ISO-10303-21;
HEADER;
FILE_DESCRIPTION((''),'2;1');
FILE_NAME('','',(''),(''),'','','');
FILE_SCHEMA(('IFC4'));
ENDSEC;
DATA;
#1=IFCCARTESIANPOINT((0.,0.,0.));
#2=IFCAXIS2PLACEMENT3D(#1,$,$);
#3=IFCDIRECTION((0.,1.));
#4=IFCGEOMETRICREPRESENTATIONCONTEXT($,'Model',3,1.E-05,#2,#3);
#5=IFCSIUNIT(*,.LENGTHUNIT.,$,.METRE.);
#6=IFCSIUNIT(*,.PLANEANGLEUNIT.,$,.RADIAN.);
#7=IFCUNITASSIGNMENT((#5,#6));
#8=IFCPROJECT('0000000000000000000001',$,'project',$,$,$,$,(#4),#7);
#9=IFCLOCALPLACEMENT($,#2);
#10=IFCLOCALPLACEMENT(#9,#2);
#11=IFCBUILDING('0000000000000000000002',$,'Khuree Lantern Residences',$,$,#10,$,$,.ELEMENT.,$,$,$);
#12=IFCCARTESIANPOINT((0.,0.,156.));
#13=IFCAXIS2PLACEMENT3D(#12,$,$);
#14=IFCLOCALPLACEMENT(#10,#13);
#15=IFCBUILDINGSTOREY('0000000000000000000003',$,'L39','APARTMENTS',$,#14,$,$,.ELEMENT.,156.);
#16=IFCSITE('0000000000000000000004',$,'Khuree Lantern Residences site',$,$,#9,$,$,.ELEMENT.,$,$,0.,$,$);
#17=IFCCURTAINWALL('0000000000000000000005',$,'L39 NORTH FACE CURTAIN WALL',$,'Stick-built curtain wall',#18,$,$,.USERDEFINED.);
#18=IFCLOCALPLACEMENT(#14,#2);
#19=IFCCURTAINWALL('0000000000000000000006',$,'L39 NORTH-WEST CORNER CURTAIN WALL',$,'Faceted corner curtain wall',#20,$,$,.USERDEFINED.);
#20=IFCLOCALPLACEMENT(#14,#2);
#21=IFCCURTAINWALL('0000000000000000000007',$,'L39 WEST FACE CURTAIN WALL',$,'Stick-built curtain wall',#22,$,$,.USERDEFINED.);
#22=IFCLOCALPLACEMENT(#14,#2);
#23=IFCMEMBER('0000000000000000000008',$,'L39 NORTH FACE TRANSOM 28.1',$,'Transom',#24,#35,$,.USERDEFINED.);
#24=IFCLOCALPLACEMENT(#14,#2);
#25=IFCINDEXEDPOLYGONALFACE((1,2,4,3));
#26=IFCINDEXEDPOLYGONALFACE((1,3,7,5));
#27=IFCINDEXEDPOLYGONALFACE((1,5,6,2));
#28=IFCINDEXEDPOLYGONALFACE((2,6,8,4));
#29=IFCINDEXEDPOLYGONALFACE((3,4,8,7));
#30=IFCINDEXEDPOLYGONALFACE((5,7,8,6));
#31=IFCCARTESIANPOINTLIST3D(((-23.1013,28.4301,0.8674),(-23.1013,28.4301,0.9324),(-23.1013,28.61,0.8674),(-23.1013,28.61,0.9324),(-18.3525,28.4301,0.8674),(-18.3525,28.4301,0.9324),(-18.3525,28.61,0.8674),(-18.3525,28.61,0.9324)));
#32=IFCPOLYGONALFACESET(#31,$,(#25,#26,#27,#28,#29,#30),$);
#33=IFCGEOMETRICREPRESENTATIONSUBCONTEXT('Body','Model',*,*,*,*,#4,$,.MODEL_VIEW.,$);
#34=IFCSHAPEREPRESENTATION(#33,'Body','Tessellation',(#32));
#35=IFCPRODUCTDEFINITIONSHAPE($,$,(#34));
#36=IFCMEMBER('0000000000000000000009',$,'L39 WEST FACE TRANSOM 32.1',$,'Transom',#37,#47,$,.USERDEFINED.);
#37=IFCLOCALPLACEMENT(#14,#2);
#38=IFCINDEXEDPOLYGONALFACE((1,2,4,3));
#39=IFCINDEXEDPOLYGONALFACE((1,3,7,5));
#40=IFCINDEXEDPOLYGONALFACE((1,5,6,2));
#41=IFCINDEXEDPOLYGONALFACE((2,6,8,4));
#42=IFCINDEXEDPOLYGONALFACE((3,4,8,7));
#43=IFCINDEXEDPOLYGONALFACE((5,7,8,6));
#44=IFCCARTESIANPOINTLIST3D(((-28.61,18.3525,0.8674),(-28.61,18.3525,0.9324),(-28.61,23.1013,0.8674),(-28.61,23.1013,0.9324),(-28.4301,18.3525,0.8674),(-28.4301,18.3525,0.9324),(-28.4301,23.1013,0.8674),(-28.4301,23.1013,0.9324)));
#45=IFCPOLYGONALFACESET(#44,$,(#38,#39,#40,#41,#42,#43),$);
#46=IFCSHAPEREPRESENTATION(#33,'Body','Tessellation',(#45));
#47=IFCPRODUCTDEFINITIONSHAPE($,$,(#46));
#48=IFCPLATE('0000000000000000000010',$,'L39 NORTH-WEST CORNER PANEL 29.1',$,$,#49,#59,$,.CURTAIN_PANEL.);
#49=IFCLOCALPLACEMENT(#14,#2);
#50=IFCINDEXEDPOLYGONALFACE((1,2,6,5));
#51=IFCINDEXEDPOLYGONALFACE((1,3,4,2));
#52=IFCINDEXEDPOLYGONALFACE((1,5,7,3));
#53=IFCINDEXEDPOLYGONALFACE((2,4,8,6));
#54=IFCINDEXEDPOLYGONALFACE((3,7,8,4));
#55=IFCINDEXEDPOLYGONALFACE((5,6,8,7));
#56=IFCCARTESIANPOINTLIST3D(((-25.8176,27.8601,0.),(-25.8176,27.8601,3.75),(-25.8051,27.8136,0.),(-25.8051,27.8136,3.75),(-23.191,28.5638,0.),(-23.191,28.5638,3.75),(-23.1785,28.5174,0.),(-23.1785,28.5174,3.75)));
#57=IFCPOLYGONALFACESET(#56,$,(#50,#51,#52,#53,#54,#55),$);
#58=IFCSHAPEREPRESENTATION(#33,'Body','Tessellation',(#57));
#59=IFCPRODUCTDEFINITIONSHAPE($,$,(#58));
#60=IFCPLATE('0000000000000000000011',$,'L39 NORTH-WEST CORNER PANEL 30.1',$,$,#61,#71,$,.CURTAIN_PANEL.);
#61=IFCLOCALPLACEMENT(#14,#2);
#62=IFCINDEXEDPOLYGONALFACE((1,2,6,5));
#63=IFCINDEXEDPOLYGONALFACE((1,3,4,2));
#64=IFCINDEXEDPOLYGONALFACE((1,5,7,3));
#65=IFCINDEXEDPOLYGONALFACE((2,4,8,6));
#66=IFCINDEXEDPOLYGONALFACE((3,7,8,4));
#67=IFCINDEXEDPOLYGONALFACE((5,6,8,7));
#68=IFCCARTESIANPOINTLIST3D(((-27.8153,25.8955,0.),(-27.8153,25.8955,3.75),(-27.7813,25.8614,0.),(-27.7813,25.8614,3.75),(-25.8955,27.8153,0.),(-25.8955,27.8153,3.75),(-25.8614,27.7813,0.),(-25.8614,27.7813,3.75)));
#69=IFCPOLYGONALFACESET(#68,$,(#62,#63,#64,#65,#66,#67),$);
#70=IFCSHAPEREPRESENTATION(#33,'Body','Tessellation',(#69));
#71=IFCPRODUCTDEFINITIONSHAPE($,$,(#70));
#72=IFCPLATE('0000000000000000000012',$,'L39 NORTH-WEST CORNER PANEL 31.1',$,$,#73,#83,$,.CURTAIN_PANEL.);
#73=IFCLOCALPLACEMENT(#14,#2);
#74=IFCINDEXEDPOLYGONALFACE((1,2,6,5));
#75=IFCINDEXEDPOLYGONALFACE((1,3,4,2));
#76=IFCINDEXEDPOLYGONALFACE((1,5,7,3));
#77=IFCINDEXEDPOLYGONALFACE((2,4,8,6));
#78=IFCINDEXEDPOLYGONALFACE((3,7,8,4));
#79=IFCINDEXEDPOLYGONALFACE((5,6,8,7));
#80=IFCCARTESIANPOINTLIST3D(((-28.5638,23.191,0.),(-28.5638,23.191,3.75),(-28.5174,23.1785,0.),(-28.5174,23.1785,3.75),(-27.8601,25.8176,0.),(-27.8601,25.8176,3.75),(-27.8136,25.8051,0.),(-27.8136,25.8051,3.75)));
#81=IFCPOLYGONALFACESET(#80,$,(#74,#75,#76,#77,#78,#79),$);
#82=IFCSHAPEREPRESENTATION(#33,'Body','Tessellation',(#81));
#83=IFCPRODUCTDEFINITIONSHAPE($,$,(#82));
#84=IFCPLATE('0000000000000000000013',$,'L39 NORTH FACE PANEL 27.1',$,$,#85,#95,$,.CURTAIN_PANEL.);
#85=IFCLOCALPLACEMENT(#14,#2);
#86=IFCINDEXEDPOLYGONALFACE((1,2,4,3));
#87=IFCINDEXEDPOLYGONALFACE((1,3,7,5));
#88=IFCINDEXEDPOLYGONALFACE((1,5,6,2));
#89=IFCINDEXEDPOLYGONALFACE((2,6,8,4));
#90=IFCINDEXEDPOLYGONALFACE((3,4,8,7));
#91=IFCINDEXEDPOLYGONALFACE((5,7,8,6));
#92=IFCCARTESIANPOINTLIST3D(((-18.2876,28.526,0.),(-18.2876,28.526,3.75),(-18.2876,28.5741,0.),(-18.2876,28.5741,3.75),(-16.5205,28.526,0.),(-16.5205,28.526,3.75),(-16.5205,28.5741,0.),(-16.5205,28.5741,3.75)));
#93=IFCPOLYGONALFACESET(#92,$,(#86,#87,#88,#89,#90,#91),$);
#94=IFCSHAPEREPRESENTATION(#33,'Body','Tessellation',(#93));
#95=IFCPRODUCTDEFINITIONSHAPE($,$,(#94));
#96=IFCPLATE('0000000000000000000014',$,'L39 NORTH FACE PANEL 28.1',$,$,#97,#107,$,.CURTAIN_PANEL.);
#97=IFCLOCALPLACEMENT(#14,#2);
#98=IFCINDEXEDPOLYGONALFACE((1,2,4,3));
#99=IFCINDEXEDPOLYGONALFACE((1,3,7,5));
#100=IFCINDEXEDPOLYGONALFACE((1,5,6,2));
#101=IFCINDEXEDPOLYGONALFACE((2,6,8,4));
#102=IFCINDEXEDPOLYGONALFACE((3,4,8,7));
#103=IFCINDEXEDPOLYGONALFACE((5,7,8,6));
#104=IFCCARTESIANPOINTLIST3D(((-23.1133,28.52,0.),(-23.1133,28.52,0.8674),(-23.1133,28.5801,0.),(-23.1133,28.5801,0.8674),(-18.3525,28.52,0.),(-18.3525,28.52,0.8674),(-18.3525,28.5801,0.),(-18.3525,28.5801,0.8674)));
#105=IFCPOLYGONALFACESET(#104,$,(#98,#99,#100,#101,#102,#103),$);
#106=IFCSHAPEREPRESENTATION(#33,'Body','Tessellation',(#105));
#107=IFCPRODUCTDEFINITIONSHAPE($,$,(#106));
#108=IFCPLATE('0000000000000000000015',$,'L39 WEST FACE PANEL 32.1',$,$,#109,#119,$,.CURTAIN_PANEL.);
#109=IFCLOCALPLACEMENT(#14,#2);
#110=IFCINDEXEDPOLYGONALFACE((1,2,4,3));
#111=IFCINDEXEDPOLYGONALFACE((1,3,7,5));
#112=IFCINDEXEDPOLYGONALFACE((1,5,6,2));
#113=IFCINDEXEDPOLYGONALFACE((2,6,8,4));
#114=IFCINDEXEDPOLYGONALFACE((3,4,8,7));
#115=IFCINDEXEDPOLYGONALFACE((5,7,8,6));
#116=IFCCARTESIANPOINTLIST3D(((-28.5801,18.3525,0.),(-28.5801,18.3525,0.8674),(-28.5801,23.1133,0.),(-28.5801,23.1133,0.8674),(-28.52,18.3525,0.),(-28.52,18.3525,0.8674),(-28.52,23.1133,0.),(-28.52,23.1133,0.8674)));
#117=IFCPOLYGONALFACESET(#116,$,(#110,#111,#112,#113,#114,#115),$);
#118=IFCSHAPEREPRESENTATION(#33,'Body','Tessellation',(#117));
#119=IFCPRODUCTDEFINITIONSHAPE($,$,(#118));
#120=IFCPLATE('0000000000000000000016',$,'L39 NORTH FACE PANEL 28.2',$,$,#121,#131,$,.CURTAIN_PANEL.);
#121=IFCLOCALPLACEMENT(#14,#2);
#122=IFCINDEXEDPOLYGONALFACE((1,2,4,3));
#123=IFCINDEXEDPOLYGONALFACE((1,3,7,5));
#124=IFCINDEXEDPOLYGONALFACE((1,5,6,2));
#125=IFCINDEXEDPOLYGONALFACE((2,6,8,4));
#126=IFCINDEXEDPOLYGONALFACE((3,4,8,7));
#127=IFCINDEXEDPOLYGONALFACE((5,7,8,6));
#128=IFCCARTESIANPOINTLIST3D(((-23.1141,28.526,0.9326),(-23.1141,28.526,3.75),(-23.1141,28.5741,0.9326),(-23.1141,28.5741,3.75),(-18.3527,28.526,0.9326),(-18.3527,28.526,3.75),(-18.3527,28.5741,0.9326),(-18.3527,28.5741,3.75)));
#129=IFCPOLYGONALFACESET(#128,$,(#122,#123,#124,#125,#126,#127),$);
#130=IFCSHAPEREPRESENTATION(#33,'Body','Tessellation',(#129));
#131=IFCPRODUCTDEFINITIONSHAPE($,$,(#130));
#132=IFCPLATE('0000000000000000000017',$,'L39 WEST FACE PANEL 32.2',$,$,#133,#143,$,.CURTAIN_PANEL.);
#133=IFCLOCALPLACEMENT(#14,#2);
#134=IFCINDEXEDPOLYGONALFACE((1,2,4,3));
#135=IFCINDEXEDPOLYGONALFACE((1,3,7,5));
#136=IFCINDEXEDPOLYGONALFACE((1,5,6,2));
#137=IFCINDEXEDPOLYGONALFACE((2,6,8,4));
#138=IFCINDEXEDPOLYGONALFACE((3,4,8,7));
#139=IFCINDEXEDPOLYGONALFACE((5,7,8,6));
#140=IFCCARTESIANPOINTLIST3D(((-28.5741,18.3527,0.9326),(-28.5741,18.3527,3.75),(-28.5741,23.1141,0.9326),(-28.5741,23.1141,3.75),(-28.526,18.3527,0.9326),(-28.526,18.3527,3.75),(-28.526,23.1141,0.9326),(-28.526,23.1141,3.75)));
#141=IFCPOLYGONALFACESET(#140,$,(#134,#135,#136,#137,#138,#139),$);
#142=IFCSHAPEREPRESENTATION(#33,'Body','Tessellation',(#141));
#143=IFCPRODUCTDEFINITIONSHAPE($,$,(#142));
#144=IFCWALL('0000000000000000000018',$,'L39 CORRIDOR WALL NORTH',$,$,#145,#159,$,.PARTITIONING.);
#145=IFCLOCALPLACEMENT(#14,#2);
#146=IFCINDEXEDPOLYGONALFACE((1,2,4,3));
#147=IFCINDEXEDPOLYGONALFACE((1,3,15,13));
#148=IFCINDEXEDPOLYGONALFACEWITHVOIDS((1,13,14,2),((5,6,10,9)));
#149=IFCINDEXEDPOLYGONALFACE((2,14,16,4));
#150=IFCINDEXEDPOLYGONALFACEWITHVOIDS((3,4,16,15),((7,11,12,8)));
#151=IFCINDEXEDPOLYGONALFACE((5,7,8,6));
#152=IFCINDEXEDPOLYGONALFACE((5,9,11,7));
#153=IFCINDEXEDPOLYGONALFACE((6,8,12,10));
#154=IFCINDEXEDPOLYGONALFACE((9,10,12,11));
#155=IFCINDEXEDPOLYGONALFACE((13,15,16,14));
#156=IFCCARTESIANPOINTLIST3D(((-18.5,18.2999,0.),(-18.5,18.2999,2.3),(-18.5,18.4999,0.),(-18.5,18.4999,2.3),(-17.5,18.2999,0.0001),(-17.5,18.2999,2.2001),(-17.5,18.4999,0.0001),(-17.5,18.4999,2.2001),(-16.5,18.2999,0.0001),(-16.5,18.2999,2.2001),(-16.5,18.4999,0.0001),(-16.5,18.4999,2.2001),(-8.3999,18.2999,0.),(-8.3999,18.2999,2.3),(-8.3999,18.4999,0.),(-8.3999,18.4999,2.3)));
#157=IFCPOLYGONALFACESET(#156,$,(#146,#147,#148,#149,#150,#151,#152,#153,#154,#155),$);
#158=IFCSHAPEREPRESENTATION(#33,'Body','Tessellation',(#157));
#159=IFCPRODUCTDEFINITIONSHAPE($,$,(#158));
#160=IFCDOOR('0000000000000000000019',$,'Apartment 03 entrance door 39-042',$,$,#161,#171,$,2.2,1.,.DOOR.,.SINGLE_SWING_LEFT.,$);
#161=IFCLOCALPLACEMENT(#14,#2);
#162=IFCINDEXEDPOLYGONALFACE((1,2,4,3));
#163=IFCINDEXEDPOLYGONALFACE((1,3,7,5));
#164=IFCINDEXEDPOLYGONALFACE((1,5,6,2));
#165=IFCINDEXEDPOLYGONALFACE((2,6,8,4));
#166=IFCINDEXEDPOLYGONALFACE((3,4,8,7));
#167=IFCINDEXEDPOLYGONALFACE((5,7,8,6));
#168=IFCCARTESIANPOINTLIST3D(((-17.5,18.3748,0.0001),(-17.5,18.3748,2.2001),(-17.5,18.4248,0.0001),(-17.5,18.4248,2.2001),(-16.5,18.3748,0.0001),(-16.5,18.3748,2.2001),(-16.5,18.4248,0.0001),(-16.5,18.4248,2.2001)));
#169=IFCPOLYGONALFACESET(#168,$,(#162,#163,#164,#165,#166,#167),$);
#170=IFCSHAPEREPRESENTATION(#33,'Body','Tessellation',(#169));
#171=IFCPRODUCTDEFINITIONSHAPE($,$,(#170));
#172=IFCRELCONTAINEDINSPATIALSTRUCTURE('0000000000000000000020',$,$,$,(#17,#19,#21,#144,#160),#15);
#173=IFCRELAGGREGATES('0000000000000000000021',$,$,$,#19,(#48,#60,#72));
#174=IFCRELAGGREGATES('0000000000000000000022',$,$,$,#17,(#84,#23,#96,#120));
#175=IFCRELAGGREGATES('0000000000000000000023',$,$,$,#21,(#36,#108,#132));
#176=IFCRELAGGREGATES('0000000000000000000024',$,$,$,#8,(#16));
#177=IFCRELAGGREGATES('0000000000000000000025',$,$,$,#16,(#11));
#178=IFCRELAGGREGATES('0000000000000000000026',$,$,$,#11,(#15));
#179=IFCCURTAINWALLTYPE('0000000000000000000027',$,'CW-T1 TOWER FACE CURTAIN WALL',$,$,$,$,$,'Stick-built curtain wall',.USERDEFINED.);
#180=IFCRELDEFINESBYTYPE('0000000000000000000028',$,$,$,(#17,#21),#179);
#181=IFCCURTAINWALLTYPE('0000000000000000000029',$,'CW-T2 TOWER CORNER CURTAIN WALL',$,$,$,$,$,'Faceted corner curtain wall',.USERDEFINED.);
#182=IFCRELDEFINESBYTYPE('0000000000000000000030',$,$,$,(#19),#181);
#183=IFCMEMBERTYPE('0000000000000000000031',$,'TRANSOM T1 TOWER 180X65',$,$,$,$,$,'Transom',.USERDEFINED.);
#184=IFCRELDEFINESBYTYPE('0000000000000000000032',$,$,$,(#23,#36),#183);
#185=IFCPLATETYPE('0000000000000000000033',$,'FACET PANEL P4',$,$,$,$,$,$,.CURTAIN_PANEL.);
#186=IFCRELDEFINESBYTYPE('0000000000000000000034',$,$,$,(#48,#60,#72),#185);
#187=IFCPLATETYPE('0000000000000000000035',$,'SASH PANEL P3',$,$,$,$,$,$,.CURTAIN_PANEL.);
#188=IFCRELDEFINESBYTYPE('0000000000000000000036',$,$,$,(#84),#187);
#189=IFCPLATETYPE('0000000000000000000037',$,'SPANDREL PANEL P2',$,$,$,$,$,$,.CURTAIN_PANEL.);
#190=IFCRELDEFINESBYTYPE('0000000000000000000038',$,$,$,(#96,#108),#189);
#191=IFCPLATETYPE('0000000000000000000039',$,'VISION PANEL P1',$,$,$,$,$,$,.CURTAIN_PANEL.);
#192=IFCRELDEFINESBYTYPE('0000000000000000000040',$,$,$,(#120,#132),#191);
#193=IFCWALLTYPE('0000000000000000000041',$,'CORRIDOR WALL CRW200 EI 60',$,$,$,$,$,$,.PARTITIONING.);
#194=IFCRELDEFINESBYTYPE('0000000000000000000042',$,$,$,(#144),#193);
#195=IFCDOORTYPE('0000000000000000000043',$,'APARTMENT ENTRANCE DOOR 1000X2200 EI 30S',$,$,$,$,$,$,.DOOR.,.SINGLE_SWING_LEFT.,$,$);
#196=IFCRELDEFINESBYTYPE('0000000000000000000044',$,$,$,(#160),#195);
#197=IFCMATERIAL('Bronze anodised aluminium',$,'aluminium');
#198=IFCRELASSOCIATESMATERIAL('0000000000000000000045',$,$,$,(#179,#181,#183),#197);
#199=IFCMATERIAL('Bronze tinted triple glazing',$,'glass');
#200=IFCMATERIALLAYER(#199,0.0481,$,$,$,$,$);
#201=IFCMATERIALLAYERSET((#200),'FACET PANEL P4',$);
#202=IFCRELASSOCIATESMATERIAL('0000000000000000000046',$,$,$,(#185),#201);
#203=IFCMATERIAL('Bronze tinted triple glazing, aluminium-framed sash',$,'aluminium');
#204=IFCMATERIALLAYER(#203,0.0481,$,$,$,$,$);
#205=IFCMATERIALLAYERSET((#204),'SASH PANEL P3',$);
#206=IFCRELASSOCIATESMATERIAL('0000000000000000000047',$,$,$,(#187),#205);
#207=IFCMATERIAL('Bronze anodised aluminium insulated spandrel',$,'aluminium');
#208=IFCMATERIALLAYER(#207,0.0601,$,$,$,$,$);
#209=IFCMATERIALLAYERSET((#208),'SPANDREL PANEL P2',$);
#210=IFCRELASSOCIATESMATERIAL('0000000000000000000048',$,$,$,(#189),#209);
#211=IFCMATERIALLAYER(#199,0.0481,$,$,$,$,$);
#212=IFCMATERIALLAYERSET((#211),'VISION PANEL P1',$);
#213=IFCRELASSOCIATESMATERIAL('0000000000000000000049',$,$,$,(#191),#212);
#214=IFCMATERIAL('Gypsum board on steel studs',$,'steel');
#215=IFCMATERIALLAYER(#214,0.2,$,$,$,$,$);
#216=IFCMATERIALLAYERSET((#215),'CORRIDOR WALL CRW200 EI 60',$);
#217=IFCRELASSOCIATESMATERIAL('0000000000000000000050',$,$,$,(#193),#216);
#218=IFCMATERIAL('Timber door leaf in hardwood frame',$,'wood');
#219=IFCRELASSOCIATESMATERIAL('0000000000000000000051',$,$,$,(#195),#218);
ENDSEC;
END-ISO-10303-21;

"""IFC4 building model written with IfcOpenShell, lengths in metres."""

from ifc_helpers import new_model, si_unit, direction, frame, frame_2d, origin, origin_2d, place, context, subcontext, project, spatial, rectangle, extrude, material, layer, layer_set, material_profile, profile_set, type_object, element, fill, aggregate, save


model = new_model("IFC4")

# Units and contexts
model_context = context("Model", 3, precision=1e-05, world=origin(), true_north=direction((0.0, 1.0)))
body_context = subcontext(model_context, "Body", "Model", "MODEL_VIEW")
ifc_project = project(units=[si_unit("LENGTHUNIT", "METRE"), si_unit("PLANEANGLEUNIT", "RADIAN")], contexts=[model_context])

# Site, building, storey
site_placement = place(None, origin())
site = spatial("IfcSite", under=ifc_project, at=site_placement, Name="Khuree Lantern Residences site", CompositionType="ELEMENT", RefElevation=0.0)
building_placement = place(site_placement, origin())
building = spatial("IfcBuilding", under=site, at=building_placement, Name="Khuree Lantern Residences", CompositionType="ELEMENT")
storey_placement = place(building_placement, frame((0.0, 0.0, 156.0)))
storey = spatial("IfcBuildingStorey", under=building, at=storey_placement, Name="L39", Description="APARTMENTS", CompositionType="ELEMENT", Elevation=156.0)

# Curtain walls
ifc_material_1 = material(Name="Bronze anodised aluminium", Category="aluminium")
curtain_wall_type_1 = type_object("IfcCurtainWallType", Name="CW-T1 TOWER FACE CURTAIN WALL", ElementType="Stick-built curtain wall", PredefinedType="USERDEFINED", material=ifc_material_1)
curtain_wall_1_placement = place(storey_placement, origin())
curtain_wall_1 = element("IfcCurtainWall", 1, at=curtain_wall_1_placement, inside=storey, type_object=curtain_wall_type_1, Name="L39 NORTH FACE CURTAIN WALL", ObjectType="Stick-built curtain wall", PredefinedType="USERDEFINED")
curtain_wall_type_2 = type_object("IfcCurtainWallType", Name="CW-T2 TOWER CORNER CURTAIN WALL", ElementType="Faceted corner curtain wall", PredefinedType="USERDEFINED", material=ifc_material_1)
curtain_wall_2_placement = place(storey_placement, origin())
curtain_wall_2 = element("IfcCurtainWall", 2, at=curtain_wall_2_placement, inside=storey, type_object=curtain_wall_type_2, Name="L39 NORTH-WEST CORNER CURTAIN WALL", ObjectType="Faceted corner curtain wall", PredefinedType="USERDEFINED")

# Curtain wall
curtain_wall_3_placement = place(storey_placement, origin())
curtain_wall_3 = element("IfcCurtainWall", 3, at=curtain_wall_3_placement, inside=storey, type_object=curtain_wall_type_1, Name="L39 WEST FACE CURTAIN WALL", ObjectType="Stick-built curtain wall", PredefinedType="USERDEFINED")

# Members
ifc_material_profile_1 = material_profile(ifc_material_1, rectangle(XDim=0.1799, YDim=0.0649, at=origin_2d()), Name="T1 180X65")
ifc_profile_set_1 = profile_set([ifc_material_profile_1], Name="Bronze anodised aluminium")
member_type_1 = type_object("IfcMemberType", Name="TRANSOM T1 TOWER 180X65", ElementType="Transom", PredefinedType="USERDEFINED", material=ifc_profile_set_1)
member_1_placement = place(storey_placement, frame((-18.3525, 28.52, 0.8999), z_axis=(-1.0, 0.0, 0.0), x_axis=(0.0, -1.0, 0.0)))
member_1 = element("IfcMember", 4, at=member_1_placement, type_object=member_type_1, Name="L39 NORTH FACE TRANSOM 28.1", ObjectType="Transom", PredefinedType="USERDEFINED", context=body_context, shape_type="SweptSolid", body=[
    extrude(rectangle(XDim=0.1799, YDim=0.0649, at=origin_2d()), origin(), (0.0, 0.0, 1.0), 4.7488),
])
member_2_placement = place(storey_placement, frame((-28.52, 23.1013, 0.8999), z_axis=(0.0, -1.0, 0.0), x_axis=(1.0, 0.0, 0.0)))
member_2 = element("IfcMember", 5, at=member_2_placement, type_object=member_type_1, Name="L39 WEST FACE TRANSOM 32.1", ObjectType="Transom", PredefinedType="USERDEFINED", context=body_context, shape_type="SweptSolid", body=[
    extrude(rectangle(XDim=0.1799, YDim=0.0649, at=origin_2d()), origin(), (0.0, 0.0, 1.0), 4.7488),
])

# Plates
ifc_material_2 = material(Name="Bronze tinted triple glazing", Category="glass")
ifc_layer_1 = layer(ifc_material_2, 0.0481)
ifc_layer_set_1 = layer_set([ifc_layer_1], Name="FACET PANEL P4")
plate_type_1 = type_object("IfcPlateType", Name="FACET PANEL P4", PredefinedType="CURTAIN_PANEL", material=ifc_layer_set_1)
plate_1_placement = place(storey_placement, frame((-24.498, 28.1887, 0.0), z_axis=(0.0, 0.0, 1.0), x_axis=(-0.965926, -0.258819, 0.0)))
plate_1 = element("IfcPlate", 6, at=plate_1_placement, type_object=plate_type_1, Name="L39 NORTH-WEST CORNER PANEL 29.1", PredefinedType="CURTAIN_PANEL", context=body_context, shape_type="SweptSolid", body=[
    extrude(rectangle(XDim=2.7192, YDim=0.0481, at=origin_2d()), origin(), (0.0, 0.0, 1.0), 3.75),
])
plate_2_placement = place(storey_placement, frame((-26.8384, 26.8384, 0.0), z_axis=(0.0, 0.0, 1.0), x_axis=(-0.707107, -0.707107, 0.0)))
plate_2 = element("IfcPlate", 7, at=plate_2_placement, type_object=plate_type_1, Name="L39 NORTH-WEST CORNER PANEL 30.1", PredefinedType="CURTAIN_PANEL", context=body_context, shape_type="SweptSolid", body=[
    extrude(rectangle(XDim=2.7151, YDim=0.0481, at=origin_2d()), origin(), (0.0, 0.0, 1.0), 3.75),
])
plate_3_placement = place(storey_placement, frame((-28.1887, 24.498, 0.0), z_axis=(0.0, 0.0, 1.0), x_axis=(-0.258819, -0.965926, 0.0)))
plate_3 = element("IfcPlate", 8, at=plate_3_placement, type_object=plate_type_1, Name="L39 NORTH-WEST CORNER PANEL 31.1", PredefinedType="CURTAIN_PANEL", context=body_context, shape_type="SweptSolid", body=[
    extrude(rectangle(XDim=2.7192, YDim=0.0481, at=origin_2d()), origin(), (0.0, 0.0, 1.0), 3.75),
])
aggregate(curtain_wall_2, [plate_1, plate_2, plate_3])
ifc_material_3 = material(Name="Bronze tinted triple glazing, aluminium-framed sash", Category="aluminium")
ifc_layer_2 = layer(ifc_material_3, 0.0481)
ifc_layer_set_2 = layer_set([ifc_layer_2], Name="SASH PANEL P3")
plate_type_2 = type_object("IfcPlateType", Name="SASH PANEL P3", PredefinedType="CURTAIN_PANEL", material=ifc_layer_set_2)
plate_4_placement = place(storey_placement, frame((-17.4041, 28.55, 0.0), z_axis=(0.0, 0.0, 1.0), x_axis=(-1.0, 0.0, 0.0)))
plate_4 = element("IfcPlate", 9, at=plate_4_placement, type_object=plate_type_2, Name="L39 NORTH FACE PANEL 27.1", PredefinedType="CURTAIN_PANEL", context=body_context, shape_type="SweptSolid", body=[
    extrude(rectangle(XDim=1.7671, YDim=0.0481, at=origin_2d()), origin(), (0.0, 0.0, 1.0), 3.75),
])
ifc_material_4 = material(Name="Bronze anodised aluminium insulated spandrel", Category="aluminium")
ifc_layer_3 = layer(ifc_material_4, 0.0601)
ifc_layer_set_3 = layer_set([ifc_layer_3], Name="SPANDREL PANEL P2")
plate_type_3 = type_object("IfcPlateType", Name="SPANDREL PANEL P2", PredefinedType="CURTAIN_PANEL", material=ifc_layer_set_3)
plate_5_placement = place(storey_placement, frame((-20.7329, 28.55, 0.0), z_axis=(0.0, 0.0, 1.0), x_axis=(-1.0, 0.0, 0.0)))
plate_5 = element("IfcPlate", 10, at=plate_5_placement, type_object=plate_type_3, Name="L39 NORTH FACE PANEL 28.1", PredefinedType="CURTAIN_PANEL", context=body_context, shape_type="SweptSolid", body=[
    extrude(rectangle(XDim=4.7607, YDim=0.0601, at=origin_2d()), origin(), (0.0, 0.0, 1.0), 0.8674),
])
plate_6_placement = place(storey_placement, frame((-28.55, 20.7329, 0.0), z_axis=(0.0, 0.0, 1.0), x_axis=(0.0, -1.0, 0.0)))
plate_6 = element("IfcPlate", 11, at=plate_6_placement, type_object=plate_type_3, Name="L39 WEST FACE PANEL 32.1", PredefinedType="CURTAIN_PANEL", context=body_context, shape_type="SweptSolid", body=[
    extrude(rectangle(XDim=4.7607, YDim=0.0601, at=origin_2d()), origin(), (0.0, 0.0, 1.0), 0.8674),
])
ifc_layer_4 = layer(ifc_material_2, 0.0481)
ifc_layer_set_4 = layer_set([ifc_layer_4], Name="VISION PANEL P1")
plate_type_4 = type_object("IfcPlateType", Name="VISION PANEL P1", PredefinedType="CURTAIN_PANEL", material=ifc_layer_set_4)
plate_7_placement = place(storey_placement, frame((-20.7334, 28.55, 0.9326), z_axis=(0.0, 0.0, 1.0), x_axis=(-1.0, 0.0, 0.0)))
plate_7 = element("IfcPlate", 12, at=plate_7_placement, type_object=plate_type_4, Name="L39 NORTH FACE PANEL 28.2", PredefinedType="CURTAIN_PANEL", context=body_context, shape_type="SweptSolid", body=[
    extrude(rectangle(XDim=4.7615, YDim=0.0481, at=origin_2d()), origin(), (0.0, 0.0, 1.0), 2.8174),
])
aggregate(curtain_wall_1, [plate_4, member_1, plate_5, plate_7])
plate_8_placement = place(storey_placement, frame((-28.55, 20.7334, 0.9326), z_axis=(0.0, 0.0, 1.0), x_axis=(0.0, -1.0, 0.0)))
plate_8 = element("IfcPlate", 13, at=plate_8_placement, type_object=plate_type_4, Name="L39 WEST FACE PANEL 32.2", PredefinedType="CURTAIN_PANEL", context=body_context, shape_type="SweptSolid", body=[
    extrude(rectangle(XDim=4.7615, YDim=0.0481, at=origin_2d()), origin(), (0.0, 0.0, 1.0), 2.8174),
])
aggregate(curtain_wall_3, [member_2, plate_6, plate_8])

# Wall, opening, door
ifc_material_5 = material(Name="Gypsum board on steel studs", Category="steel")
ifc_layer_5 = layer(ifc_material_5, 0.2)
ifc_layer_set_5 = layer_set([ifc_layer_5], Name="CORRIDOR WALL CRW200 EI 60")
wall_type = type_object("IfcWallType", Name="CORRIDOR WALL CRW200 EI 60", PredefinedType="PARTITIONING", material=ifc_layer_set_5)
wall_placement = place(storey_placement, frame((-18.5, 18.3999, 0.0), z_axis=(0.0, 0.0, 1.0), x_axis=(1.0, 0.0, 0.0)))
wall = element("IfcWall", 14, at=wall_placement, inside=storey, type_object=wall_type, Name="L39 CORRIDOR WALL NORTH", PredefinedType="PARTITIONING", context=body_context, shape_type="SweptSolid", body=[
    extrude(rectangle(XDim=10.1001, YDim=0.2, at=frame_2d((5.05, 0.0))), origin(), (0.0, 0.0, 1.0), 2.3),
])
opening_placement = place(wall_placement, frame((1.0, 0.0, 0.0)))
opening = element("IfcOpeningElement", 15, at=opening_placement, cuts=wall, PredefinedType="OPENING", context=body_context, shape_type="SweptSolid", body=[
    extrude(rectangle(XDim=1.0, YDim=2.2, at=frame_2d((0.5, 1.1001))), frame((0.0, 0.1099, 0.0), z_axis=(0.0, -1.0, 0.0), x_axis=(1.0, 0.0, 0.0)), (0.0, 0.0, 1.0), 0.22),
])
ifc_material_6 = material(Name="Timber door leaf in hardwood frame", Category="wood")
door_type = type_object("IfcDoorType", Name="APARTMENT ENTRANCE DOOR 1000X2200 EI 30S", OperationType="SINGLE_SWING_LEFT", PredefinedType="DOOR", material=ifc_material_6)
door_placement = place(opening_placement, origin())
door = element("IfcDoor", 16, at=door_placement, inside=storey, type_object=door_type, Name="Apartment 03 entrance door 39-042", OperationType="SINGLE_SWING_LEFT", OverallHeight=2.2, OverallWidth=1.0, PredefinedType="DOOR", context=body_context, shape_type="SweptSolid", body=[
    extrude(rectangle(XDim=1.0, YDim=2.2, at=frame_2d((0.5, 1.1001))), frame((0.0, 0.0249, 0.0), z_axis=(0.0, -1.0, 0.0), x_axis=(1.0, 0.0, 0.0)), (0.0, 0.0, 1.0), 0.05),
])
fill(opening, door)

save(model, "model.ifc")
